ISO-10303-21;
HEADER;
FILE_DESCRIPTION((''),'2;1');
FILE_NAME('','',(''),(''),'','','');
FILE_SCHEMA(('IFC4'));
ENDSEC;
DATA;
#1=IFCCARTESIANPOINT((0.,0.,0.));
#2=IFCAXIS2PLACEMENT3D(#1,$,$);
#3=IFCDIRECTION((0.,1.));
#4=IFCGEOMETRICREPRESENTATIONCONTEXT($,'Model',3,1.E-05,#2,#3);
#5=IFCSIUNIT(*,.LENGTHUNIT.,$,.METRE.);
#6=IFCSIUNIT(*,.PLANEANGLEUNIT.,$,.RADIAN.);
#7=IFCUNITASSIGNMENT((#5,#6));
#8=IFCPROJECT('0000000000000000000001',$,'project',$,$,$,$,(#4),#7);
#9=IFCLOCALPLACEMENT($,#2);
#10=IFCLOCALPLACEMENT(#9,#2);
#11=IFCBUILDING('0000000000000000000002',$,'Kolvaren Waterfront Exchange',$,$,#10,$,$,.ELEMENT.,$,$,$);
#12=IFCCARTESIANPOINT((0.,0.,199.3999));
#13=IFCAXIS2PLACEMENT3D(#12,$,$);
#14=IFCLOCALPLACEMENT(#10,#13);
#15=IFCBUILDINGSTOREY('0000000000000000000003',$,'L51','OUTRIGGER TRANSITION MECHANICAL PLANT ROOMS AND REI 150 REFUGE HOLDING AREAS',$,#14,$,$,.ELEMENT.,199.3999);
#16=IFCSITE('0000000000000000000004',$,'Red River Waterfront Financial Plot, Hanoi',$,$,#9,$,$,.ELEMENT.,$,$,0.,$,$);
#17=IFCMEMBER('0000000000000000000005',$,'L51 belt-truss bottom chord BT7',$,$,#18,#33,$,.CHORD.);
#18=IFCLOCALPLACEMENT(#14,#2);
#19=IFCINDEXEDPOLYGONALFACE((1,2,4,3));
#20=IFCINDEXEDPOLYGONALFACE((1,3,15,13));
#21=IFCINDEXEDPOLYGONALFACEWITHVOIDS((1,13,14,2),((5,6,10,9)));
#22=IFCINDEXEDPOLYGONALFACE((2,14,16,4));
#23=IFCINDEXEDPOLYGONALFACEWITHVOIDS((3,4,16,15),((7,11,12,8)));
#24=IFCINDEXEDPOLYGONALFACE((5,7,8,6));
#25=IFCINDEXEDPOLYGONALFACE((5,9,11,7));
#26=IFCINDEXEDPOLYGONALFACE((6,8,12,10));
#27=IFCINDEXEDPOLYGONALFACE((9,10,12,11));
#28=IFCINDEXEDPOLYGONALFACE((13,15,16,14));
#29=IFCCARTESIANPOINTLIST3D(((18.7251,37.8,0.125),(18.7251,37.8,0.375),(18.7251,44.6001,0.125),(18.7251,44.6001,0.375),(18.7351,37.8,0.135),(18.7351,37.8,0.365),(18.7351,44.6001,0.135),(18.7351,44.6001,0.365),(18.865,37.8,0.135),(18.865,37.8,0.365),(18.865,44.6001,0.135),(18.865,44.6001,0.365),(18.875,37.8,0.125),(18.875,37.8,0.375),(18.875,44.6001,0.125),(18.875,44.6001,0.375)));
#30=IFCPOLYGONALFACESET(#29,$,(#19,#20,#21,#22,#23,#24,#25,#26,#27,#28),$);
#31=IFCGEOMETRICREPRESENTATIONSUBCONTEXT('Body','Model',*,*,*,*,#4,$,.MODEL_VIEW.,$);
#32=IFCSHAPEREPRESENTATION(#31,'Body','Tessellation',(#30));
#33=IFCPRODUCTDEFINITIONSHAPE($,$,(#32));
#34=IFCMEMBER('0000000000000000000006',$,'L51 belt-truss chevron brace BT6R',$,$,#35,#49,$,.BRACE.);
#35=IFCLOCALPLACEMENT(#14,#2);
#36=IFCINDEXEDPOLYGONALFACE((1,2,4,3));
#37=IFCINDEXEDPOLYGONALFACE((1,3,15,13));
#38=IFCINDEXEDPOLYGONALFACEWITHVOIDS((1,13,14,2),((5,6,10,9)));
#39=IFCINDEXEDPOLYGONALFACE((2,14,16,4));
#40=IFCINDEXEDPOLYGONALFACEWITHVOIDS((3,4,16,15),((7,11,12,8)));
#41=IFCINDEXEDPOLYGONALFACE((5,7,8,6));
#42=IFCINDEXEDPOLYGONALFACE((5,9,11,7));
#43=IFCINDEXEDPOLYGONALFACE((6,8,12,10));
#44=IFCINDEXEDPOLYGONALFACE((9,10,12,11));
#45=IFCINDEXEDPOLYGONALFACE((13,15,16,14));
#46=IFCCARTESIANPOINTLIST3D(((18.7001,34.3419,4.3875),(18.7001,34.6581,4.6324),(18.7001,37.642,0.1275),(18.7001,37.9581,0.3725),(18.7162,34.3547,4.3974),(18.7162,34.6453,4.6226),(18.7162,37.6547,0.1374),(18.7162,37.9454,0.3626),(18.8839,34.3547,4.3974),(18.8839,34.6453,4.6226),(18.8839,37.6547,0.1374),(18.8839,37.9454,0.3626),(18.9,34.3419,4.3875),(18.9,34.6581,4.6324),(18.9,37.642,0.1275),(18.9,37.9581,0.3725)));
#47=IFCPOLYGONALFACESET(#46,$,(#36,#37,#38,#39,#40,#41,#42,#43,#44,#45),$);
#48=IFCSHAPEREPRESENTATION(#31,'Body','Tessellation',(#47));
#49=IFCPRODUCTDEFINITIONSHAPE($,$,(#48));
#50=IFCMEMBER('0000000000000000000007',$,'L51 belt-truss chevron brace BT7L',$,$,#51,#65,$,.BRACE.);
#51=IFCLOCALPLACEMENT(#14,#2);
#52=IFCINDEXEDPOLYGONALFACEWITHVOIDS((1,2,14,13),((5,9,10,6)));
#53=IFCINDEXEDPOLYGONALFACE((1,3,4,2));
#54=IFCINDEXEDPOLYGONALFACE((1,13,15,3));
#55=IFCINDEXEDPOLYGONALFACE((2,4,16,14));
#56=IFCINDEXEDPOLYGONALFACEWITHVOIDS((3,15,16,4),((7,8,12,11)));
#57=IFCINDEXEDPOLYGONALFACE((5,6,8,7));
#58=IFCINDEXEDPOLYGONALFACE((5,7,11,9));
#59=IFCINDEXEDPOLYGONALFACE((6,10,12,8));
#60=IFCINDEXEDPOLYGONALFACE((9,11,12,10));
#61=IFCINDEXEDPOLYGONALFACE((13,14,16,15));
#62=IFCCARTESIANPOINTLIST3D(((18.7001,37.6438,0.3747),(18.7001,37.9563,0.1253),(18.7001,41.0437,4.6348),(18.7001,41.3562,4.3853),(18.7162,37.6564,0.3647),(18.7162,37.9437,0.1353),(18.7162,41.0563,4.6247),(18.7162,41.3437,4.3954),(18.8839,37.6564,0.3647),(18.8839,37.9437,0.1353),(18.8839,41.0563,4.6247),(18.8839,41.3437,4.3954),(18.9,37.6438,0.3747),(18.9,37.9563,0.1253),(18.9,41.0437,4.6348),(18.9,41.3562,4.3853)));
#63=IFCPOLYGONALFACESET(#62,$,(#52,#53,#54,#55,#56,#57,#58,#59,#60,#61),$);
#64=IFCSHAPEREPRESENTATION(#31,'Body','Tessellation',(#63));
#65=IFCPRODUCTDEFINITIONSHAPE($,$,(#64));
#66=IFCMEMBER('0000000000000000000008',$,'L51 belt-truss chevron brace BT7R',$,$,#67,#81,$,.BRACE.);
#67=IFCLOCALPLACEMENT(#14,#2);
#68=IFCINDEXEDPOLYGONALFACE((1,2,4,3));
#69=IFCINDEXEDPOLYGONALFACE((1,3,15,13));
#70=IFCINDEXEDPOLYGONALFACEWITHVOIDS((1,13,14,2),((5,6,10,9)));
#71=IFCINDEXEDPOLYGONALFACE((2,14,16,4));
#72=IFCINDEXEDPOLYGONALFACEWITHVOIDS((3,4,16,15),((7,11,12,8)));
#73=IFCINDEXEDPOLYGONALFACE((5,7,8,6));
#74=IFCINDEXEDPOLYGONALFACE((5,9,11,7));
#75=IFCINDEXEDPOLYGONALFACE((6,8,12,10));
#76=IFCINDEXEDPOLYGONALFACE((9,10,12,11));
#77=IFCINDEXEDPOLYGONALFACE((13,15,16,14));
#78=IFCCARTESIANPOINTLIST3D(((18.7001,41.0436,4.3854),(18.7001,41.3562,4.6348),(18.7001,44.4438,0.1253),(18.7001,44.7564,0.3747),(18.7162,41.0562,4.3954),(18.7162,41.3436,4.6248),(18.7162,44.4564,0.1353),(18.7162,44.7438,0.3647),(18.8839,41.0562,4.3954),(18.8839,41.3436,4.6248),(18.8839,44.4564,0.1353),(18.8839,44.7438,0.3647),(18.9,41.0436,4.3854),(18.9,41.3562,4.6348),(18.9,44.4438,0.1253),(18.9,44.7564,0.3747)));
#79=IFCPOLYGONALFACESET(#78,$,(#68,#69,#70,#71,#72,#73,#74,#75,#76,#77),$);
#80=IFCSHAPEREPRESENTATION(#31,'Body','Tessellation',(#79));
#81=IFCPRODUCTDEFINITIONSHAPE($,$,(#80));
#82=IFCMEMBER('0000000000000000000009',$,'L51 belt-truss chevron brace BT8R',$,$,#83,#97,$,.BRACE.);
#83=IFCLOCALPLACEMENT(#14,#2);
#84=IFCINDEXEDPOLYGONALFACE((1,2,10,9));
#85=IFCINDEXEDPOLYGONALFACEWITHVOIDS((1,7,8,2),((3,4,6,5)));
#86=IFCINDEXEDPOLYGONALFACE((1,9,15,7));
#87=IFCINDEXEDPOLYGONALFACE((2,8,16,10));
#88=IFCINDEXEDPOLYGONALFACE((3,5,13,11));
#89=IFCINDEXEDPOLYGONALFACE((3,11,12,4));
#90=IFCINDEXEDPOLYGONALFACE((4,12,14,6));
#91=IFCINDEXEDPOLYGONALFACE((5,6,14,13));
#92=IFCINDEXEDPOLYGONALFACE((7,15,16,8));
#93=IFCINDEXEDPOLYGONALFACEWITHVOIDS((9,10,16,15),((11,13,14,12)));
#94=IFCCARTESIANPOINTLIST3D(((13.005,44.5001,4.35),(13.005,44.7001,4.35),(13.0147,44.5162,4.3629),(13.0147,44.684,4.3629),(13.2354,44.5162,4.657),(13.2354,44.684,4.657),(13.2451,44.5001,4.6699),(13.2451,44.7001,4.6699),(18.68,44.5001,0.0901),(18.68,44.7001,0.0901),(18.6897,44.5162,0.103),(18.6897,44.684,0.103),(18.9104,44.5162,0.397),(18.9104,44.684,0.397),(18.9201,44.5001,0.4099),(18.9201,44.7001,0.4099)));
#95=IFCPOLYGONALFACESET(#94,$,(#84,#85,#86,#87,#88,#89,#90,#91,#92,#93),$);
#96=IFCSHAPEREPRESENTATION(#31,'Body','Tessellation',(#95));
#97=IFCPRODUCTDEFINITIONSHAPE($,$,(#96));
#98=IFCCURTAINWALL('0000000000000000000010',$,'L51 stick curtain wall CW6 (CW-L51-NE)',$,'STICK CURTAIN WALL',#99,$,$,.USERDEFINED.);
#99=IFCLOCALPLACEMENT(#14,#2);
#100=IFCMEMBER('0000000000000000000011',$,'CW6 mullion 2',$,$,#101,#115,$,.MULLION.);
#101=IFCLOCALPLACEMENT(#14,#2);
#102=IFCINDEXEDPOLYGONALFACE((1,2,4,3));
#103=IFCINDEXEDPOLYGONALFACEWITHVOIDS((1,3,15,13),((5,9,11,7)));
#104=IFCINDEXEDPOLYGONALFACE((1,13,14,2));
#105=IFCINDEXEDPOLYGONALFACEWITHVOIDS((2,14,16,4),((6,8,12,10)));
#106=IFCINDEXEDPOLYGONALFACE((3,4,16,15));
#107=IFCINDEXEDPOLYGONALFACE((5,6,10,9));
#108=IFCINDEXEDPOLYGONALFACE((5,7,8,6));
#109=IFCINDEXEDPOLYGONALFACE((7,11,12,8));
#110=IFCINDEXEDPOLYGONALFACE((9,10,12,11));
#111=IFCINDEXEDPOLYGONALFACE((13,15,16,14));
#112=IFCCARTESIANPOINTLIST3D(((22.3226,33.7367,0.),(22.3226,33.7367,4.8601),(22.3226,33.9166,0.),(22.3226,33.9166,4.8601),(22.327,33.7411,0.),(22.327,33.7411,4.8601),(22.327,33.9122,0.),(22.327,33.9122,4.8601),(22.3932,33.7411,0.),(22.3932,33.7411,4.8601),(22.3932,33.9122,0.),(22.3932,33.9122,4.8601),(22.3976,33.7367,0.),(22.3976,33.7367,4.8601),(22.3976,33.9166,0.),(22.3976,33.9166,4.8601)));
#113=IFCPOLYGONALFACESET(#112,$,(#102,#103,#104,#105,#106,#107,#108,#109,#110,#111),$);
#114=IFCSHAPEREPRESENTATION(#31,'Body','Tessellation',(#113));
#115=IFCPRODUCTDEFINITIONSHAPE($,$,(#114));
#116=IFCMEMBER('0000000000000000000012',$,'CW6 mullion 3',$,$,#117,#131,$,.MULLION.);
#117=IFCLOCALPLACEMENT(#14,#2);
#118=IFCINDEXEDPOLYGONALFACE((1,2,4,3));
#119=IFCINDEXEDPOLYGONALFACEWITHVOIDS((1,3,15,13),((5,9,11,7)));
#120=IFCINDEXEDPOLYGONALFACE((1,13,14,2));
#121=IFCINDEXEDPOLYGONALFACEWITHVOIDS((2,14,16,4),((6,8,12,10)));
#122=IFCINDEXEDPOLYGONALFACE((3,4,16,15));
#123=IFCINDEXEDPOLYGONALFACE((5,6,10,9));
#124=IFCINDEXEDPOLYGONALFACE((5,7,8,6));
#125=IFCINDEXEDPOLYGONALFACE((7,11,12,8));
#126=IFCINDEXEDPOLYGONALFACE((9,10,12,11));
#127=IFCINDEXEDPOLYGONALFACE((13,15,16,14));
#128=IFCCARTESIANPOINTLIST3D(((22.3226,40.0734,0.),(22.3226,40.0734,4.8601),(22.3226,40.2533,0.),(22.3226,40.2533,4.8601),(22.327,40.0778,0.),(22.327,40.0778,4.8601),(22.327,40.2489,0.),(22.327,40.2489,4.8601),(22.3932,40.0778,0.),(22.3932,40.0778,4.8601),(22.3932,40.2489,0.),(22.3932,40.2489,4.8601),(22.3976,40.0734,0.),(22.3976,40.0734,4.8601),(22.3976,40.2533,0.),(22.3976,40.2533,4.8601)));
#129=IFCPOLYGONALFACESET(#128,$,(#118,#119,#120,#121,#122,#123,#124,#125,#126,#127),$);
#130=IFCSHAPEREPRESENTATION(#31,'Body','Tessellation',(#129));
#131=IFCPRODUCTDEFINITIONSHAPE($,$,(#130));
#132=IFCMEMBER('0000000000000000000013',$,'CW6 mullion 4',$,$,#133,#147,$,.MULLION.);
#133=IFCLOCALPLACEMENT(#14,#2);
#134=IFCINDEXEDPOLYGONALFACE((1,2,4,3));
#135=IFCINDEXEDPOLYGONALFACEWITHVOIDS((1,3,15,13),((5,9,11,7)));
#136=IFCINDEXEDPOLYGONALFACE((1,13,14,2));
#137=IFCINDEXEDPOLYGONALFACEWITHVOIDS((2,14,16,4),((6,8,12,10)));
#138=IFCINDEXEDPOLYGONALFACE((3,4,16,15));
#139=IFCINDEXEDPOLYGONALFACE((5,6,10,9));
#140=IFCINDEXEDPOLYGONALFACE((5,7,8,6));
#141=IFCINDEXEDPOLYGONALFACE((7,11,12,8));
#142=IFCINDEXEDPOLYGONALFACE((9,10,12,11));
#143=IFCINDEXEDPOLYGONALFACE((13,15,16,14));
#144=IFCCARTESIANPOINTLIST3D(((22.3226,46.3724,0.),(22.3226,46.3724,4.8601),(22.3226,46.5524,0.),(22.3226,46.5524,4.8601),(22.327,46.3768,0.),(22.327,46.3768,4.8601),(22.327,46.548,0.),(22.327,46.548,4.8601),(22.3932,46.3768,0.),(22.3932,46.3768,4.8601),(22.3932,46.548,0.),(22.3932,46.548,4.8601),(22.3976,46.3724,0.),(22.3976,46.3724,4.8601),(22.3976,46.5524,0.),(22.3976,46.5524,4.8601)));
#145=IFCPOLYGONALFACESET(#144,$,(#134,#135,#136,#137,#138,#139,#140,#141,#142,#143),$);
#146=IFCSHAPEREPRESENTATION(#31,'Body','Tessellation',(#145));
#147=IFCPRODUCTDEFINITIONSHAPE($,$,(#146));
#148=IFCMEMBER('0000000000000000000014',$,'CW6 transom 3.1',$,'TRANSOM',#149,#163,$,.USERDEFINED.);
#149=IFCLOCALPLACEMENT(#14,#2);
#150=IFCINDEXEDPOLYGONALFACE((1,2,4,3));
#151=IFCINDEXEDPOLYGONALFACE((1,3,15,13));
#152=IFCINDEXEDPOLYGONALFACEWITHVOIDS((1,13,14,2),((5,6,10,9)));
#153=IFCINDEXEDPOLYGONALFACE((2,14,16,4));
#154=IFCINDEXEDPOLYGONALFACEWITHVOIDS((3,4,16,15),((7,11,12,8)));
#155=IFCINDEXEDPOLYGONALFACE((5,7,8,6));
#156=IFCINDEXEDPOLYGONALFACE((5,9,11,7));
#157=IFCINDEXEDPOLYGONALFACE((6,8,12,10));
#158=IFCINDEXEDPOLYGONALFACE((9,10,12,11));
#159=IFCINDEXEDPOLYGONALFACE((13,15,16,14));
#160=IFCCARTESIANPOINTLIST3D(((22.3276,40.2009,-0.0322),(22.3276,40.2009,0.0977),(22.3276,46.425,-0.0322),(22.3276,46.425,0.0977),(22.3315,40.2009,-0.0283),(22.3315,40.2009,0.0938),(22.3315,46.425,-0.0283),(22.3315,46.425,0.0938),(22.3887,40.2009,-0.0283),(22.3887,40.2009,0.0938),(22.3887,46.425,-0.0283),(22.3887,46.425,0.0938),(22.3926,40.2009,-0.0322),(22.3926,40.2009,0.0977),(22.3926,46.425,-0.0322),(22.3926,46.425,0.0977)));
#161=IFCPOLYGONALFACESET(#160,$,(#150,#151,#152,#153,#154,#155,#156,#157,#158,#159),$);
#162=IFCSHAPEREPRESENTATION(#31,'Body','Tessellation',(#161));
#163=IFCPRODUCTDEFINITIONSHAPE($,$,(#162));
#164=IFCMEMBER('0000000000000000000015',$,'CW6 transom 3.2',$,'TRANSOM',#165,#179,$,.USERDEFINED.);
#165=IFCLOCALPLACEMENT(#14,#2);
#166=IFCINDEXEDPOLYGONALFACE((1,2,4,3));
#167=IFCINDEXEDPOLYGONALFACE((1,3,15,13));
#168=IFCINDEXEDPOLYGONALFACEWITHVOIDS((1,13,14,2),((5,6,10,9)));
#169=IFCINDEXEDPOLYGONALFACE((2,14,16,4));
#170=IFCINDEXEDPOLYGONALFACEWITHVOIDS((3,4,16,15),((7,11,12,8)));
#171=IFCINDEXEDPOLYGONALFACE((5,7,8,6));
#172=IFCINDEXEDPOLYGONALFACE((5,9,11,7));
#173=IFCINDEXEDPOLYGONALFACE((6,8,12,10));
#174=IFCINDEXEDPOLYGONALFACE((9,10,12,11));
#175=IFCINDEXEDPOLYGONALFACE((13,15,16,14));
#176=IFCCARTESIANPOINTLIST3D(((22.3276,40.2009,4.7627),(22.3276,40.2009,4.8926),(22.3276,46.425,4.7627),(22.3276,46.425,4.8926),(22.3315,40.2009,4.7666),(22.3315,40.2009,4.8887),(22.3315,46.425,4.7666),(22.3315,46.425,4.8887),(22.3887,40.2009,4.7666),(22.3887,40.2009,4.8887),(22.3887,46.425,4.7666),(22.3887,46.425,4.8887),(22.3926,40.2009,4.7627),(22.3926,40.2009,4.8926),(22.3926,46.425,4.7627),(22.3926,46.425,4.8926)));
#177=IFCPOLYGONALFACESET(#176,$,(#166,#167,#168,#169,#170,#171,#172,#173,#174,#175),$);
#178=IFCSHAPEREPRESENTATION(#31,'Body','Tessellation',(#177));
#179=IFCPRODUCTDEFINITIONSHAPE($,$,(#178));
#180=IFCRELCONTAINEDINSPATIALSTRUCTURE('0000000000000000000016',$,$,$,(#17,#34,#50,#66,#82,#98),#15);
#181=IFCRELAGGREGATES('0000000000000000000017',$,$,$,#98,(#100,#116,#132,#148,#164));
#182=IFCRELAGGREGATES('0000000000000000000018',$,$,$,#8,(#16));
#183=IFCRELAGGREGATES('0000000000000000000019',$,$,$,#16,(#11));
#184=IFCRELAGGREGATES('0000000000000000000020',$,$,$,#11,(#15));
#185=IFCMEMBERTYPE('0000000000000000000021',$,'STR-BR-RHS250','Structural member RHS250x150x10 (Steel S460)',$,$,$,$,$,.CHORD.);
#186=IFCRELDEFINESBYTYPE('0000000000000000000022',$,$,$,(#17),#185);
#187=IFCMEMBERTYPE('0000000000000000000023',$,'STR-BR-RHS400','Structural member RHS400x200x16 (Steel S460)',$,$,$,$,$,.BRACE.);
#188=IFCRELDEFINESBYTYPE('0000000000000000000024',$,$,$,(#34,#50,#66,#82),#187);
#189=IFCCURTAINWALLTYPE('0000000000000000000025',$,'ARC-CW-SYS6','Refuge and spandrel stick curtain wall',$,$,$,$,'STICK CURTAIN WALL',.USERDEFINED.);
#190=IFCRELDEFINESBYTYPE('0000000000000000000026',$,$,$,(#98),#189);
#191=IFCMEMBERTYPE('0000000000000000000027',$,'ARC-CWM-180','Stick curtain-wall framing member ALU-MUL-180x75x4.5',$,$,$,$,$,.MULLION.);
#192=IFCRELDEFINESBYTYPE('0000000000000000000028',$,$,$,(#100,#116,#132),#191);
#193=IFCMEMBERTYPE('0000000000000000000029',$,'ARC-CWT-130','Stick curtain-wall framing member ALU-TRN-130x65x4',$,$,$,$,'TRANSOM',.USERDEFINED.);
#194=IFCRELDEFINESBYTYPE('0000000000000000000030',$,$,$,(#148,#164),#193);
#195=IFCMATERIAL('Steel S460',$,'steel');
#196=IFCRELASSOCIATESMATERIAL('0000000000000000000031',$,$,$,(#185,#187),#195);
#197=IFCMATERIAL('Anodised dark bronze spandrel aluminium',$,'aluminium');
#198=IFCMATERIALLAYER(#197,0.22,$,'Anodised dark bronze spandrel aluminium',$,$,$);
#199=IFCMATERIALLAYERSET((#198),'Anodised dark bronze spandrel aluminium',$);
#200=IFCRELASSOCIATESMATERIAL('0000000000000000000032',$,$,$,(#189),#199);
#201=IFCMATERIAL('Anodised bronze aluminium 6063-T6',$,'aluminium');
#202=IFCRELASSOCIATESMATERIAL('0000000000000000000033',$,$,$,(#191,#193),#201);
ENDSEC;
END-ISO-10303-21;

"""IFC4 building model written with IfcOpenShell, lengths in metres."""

from ifc_helpers import new_model, si_unit, direction, frame, origin, origin_with_axes, origin_2d, place, context, subcontext, project, spatial, hollow_rectangle, extrude, source, transform, mapped, material, layer, layer_set, material_profile, profile_set, type_object, element, aggregate, save


model = new_model("IFC4")

# Units and contexts
model_context = context("Model", 3, precision=1e-05, world=origin(), true_north=direction((0.0, 1.0)))
body_context = subcontext(model_context, "Body", "Model", "MODEL_VIEW")
ifc_project = project(units=[si_unit("LENGTHUNIT", "METRE"), si_unit("PLANEANGLEUNIT", "RADIAN")], contexts=[model_context])

# Site, building, storey
site_placement = place(None, origin())
site = spatial("IfcSite", under=ifc_project, at=site_placement, Name="Red River Waterfront Financial Plot, Hanoi", CompositionType="ELEMENT", RefElevation=0.0)
building_placement = place(site_placement, origin())
building = spatial("IfcBuilding", under=site, at=building_placement, Name="Kolvaren Waterfront Exchange", CompositionType="ELEMENT")
storey_placement = place(building_placement, frame((0.0, 0.0, 199.3999)))
storey = spatial("IfcBuildingStorey", under=building, at=storey_placement, Name="L51", Description="OUTRIGGER TRANSITION MECHANICAL PLANT ROOMS AND REI 150 REFUGE HOLDING AREAS", CompositionType="ELEMENT", Elevation=199.3999)

# Members
ifc_material_1 = material(Name="Steel S460", Category="steel")
ifc_material_profile_1 = material_profile(ifc_material_1, hollow_rectangle(XDim=0.1499, YDim=0.25, WallThickness=0.01, at=origin_2d()), Name="RHS250x150x10")
ifc_profile_set_1 = profile_set([ifc_material_profile_1], Name="Steel S460")
member_type_1 = type_object("IfcMemberType", Name="STR-BR-RHS250", Description="Structural member RHS250x150x10 (Steel S460)", PredefinedType="CHORD", material=ifc_profile_set_1)
member_1_placement = place(storey_placement, frame((18.8, 37.8, 0.25), z_axis=(0.0, 1.0, 0.0), x_axis=(-1.0, 0.0, 0.0)))
element("IfcMember", 1, at=member_1_placement, inside=storey, type_object=member_type_1, Name="L51 belt-truss bottom chord BT7", PredefinedType="CHORD", context=body_context, shape_type="SweptSolid", body=[
    extrude(hollow_rectangle(XDim=0.1499, YDim=0.25, WallThickness=0.01, at=origin_2d()), origin(), (0.0, 0.0, 1.0), 6.8),
])
ifc_material_profile_2 = material_profile(ifc_material_1, hollow_rectangle(XDim=0.2, YDim=0.3999, WallThickness=0.0161, at=origin_2d()), Name="RHS400x200x16")
ifc_profile_set_2 = profile_set([ifc_material_profile_2], Name="Steel S460")
member_type_2 = type_object("IfcMemberType", Name="STR-BR-RHS400", Description="Structural member RHS400x200x16 (Steel S460)", PredefinedType="BRACE", material=ifc_profile_set_2)
member_2_placement = place(storey_placement, frame((18.8, 37.8, 0.25), z_axis=(0.0, -0.612403, 0.790546), x_axis=(1.0, 0.0, 0.0)))
element("IfcMember", 2, at=member_2_placement, inside=storey, type_object=member_type_2, Name="L51 belt-truss chevron brace BT6R", PredefinedType="BRACE", context=body_context, shape_type="SweptSolid", body=[
    extrude(hollow_rectangle(XDim=0.2, YDim=0.3999, WallThickness=0.0161, at=origin_2d()), origin(), (0.0, 0.0, 1.0), 5.3887),
])
member_3_placement = place(storey_placement, frame((18.8, 37.8, 0.25), z_axis=(0.0, 0.623788, 0.781594), x_axis=(-1.0, 0.0, 0.0)))
element("IfcMember", 3, at=member_3_placement, inside=storey, type_object=member_type_2, Name="L51 belt-truss chevron brace BT7L", PredefinedType="BRACE", context=body_context, shape_type="SweptSolid", body=[
    extrude(hollow_rectangle(XDim=0.2, YDim=0.3999, WallThickness=0.0161, at=origin_2d()), origin(), (0.0, 0.0, 1.0), 5.4504),
])
member_4_placement = place(storey_placement, frame((18.8, 44.6001, 0.25), z_axis=(0.0, -0.623815, 0.781572), x_axis=(1.0, 0.0, 0.0)))
element("IfcMember", 4, at=member_4_placement, inside=storey, type_object=member_type_2, Name="L51 belt-truss chevron brace BT7R", PredefinedType="BRACE", context=body_context, shape_type="SweptSolid", body=[
    extrude(hollow_rectangle(XDim=0.2, YDim=0.3999, WallThickness=0.0161, at=origin_2d()), origin(), (0.0, 0.0, 1.0), 5.4507),
])
member_5_placement = place(storey_placement, frame((18.8, 44.6001, 0.25), z_axis=(-0.799748, 0.0, 0.600336), x_axis=(0.0, -1.0, 0.0)))
element("IfcMember", 5, at=member_5_placement, inside=storey, type_object=member_type_2, Name="L51 belt-truss chevron brace BT8R", PredefinedType="BRACE", context=body_context, shape_type="SweptSolid", body=[
    extrude(hollow_rectangle(XDim=0.2, YDim=0.3999, WallThickness=0.0161, at=origin_2d()), origin(), (0.0, 0.0, 1.0), 7.0959),
])

# Curtain wall, members
ifc_material_2 = material(Name="Anodised dark bronze spandrel aluminium", Category="aluminium")
ifc_layer_1 = layer(ifc_material_2, 0.22, Name="Anodised dark bronze spandrel aluminium")
ifc_layer_set_1 = layer_set([ifc_layer_1], Name="Anodised dark bronze spandrel aluminium")
curtain_wall_type = type_object("IfcCurtainWallType", Name="ARC-CW-SYS6", Description="Refuge and spandrel stick curtain wall", ElementType="STICK CURTAIN WALL", PredefinedType="USERDEFINED", material=ifc_layer_set_1)
curtain_wall_placement = place(storey_placement, origin())
curtain_wall = element("IfcCurtainWall", 6, at=curtain_wall_placement, inside=storey, type_object=curtain_wall_type, Name="L51 stick curtain wall CW6 (CW-L51-NE)", ObjectType="STICK CURTAIN WALL", PredefinedType="USERDEFINED")
ifc_material_3 = material(Name="Anodised bronze aluminium 6063-T6", Category="aluminium")
ifc_material_profile_3 = material_profile(ifc_material_3, hollow_rectangle(XDim=0.075, YDim=0.1799, WallThickness=0.0044, at=origin_2d()), Name="ALU-MUL-180x75x4.5")
ifc_profile_set_3 = profile_set([ifc_material_profile_3], Name="Anodised bronze aluminium 6063-T6")
member_type_3 = type_object("IfcMemberType", Name="ARC-CWM-180", Description="Stick curtain-wall framing member ALU-MUL-180x75x4.5", PredefinedType="MULLION", material=ifc_profile_set_3)
shared_shape_1 = source(origin_with_axes(), body_context, "Body", "SweptSolid", [
    extrude(hollow_rectangle(XDim=0.075, YDim=0.1799, WallThickness=0.0044, at=origin_2d()), origin(), (0.0, 0.0, 1.0), 4.8601),
])
member_6_placement = place(storey_placement, frame((22.3601, 33.8267, 0.0), z_axis=(0.0, 0.0, 1.0), x_axis=(-1.0, 0.0, 0.0)))
member_6 = element("IfcMember", 7, at=member_6_placement, type_object=member_type_3, Name="CW6 mullion 2", PredefinedType="MULLION", context=body_context, shape_type="MappedRepresentation", body=[
    mapped(shared_shape_1, transform((0.0, 0.0, 0.0), x_axis=(1.0, 0.0, 0.0), y_axis=(0.0, 1.0, 0.0), z_axis=(0.0, 0.0, 1.0), scale=1.0)),
])
member_7_placement = place(storey_placement, frame((22.3601, 40.1633, 0.0), z_axis=(0.0, 0.0, 1.0), x_axis=(-1.0, 0.0, 0.0)))
member_7 = element("IfcMember", 8, at=member_7_placement, type_object=member_type_3, Name="CW6 mullion 3", PredefinedType="MULLION", context=body_context, shape_type="MappedRepresentation", body=[
    mapped(shared_shape_1, transform((0.0, 0.0, 0.0), x_axis=(1.0, 0.0, 0.0), y_axis=(0.0, 1.0, 0.0), z_axis=(0.0, 0.0, 1.0), scale=1.0)),
])
member_8_placement = place(storey_placement, frame((22.3601, 46.4624, 0.0), z_axis=(0.0, 0.0, 1.0), x_axis=(-1.0, 0.0, 0.0)))
member_8 = element("IfcMember", 9, at=member_8_placement, type_object=member_type_3, Name="CW6 mullion 4", PredefinedType="MULLION", context=body_context, shape_type="MappedRepresentation", body=[
    mapped(shared_shape_1, transform((0.0, 0.0, 0.0), x_axis=(1.0, 0.0, 0.0), y_axis=(0.0, 1.0, 0.0), z_axis=(0.0, 0.0, 1.0), scale=1.0)),
])
ifc_material_profile_4 = material_profile(ifc_material_3, hollow_rectangle(XDim=0.0649, YDim=0.1299, WallThickness=0.0039, at=origin_2d()), Name="ALU-TRN-130x65x4")
ifc_profile_set_4 = profile_set([ifc_material_profile_4], Name="Anodised bronze aluminium 6063-T6")
member_type_4 = type_object("IfcMemberType", Name="ARC-CWT-130", Description="Stick curtain-wall framing member ALU-TRN-130x65x4", ElementType="TRANSOM", PredefinedType="USERDEFINED", material=ifc_profile_set_4)
shared_shape_2 = source(origin_with_axes(), body_context, "Body", "SweptSolid", [
    extrude(hollow_rectangle(XDim=0.0649, YDim=0.1299, WallThickness=0.0039, at=origin_2d()), origin(), (0.0, 0.0, 1.0), 6.2241),
])
member_9_placement = place(storey_placement, frame((22.3601, 40.2009, 0.0327), z_axis=(0.0, 1.0, 0.0), x_axis=(-1.0, 0.0, 0.0)))
member_9 = element("IfcMember", 10, at=member_9_placement, type_object=member_type_4, Name="CW6 transom 3.1", ObjectType="TRANSOM", PredefinedType="USERDEFINED", context=body_context, shape_type="MappedRepresentation", body=[
    mapped(shared_shape_2, transform((0.0, 0.0, 0.0), x_axis=(1.0, 0.0, 0.0), y_axis=(0.0, 1.0, 0.0), z_axis=(0.0, 0.0, 1.0), scale=1.0)),
])
member_10_placement = place(storey_placement, frame((22.3601, 40.2009, 4.8276), z_axis=(0.0, 1.0, 0.0), x_axis=(-1.0, 0.0, 0.0)))
member_10 = element("IfcMember", 11, at=member_10_placement, type_object=member_type_4, Name="CW6 transom 3.2", ObjectType="TRANSOM", PredefinedType="USERDEFINED", context=body_context, shape_type="MappedRepresentation", body=[
    mapped(shared_shape_2, transform((0.0, 0.0, 0.0), x_axis=(1.0, 0.0, 0.0), y_axis=(0.0, 1.0, 0.0), z_axis=(0.0, 0.0, 1.0), scale=1.0)),
])

aggregate(curtain_wall, [member_6, member_7, member_8, member_9, member_10])

save(model, "model.ifc")
